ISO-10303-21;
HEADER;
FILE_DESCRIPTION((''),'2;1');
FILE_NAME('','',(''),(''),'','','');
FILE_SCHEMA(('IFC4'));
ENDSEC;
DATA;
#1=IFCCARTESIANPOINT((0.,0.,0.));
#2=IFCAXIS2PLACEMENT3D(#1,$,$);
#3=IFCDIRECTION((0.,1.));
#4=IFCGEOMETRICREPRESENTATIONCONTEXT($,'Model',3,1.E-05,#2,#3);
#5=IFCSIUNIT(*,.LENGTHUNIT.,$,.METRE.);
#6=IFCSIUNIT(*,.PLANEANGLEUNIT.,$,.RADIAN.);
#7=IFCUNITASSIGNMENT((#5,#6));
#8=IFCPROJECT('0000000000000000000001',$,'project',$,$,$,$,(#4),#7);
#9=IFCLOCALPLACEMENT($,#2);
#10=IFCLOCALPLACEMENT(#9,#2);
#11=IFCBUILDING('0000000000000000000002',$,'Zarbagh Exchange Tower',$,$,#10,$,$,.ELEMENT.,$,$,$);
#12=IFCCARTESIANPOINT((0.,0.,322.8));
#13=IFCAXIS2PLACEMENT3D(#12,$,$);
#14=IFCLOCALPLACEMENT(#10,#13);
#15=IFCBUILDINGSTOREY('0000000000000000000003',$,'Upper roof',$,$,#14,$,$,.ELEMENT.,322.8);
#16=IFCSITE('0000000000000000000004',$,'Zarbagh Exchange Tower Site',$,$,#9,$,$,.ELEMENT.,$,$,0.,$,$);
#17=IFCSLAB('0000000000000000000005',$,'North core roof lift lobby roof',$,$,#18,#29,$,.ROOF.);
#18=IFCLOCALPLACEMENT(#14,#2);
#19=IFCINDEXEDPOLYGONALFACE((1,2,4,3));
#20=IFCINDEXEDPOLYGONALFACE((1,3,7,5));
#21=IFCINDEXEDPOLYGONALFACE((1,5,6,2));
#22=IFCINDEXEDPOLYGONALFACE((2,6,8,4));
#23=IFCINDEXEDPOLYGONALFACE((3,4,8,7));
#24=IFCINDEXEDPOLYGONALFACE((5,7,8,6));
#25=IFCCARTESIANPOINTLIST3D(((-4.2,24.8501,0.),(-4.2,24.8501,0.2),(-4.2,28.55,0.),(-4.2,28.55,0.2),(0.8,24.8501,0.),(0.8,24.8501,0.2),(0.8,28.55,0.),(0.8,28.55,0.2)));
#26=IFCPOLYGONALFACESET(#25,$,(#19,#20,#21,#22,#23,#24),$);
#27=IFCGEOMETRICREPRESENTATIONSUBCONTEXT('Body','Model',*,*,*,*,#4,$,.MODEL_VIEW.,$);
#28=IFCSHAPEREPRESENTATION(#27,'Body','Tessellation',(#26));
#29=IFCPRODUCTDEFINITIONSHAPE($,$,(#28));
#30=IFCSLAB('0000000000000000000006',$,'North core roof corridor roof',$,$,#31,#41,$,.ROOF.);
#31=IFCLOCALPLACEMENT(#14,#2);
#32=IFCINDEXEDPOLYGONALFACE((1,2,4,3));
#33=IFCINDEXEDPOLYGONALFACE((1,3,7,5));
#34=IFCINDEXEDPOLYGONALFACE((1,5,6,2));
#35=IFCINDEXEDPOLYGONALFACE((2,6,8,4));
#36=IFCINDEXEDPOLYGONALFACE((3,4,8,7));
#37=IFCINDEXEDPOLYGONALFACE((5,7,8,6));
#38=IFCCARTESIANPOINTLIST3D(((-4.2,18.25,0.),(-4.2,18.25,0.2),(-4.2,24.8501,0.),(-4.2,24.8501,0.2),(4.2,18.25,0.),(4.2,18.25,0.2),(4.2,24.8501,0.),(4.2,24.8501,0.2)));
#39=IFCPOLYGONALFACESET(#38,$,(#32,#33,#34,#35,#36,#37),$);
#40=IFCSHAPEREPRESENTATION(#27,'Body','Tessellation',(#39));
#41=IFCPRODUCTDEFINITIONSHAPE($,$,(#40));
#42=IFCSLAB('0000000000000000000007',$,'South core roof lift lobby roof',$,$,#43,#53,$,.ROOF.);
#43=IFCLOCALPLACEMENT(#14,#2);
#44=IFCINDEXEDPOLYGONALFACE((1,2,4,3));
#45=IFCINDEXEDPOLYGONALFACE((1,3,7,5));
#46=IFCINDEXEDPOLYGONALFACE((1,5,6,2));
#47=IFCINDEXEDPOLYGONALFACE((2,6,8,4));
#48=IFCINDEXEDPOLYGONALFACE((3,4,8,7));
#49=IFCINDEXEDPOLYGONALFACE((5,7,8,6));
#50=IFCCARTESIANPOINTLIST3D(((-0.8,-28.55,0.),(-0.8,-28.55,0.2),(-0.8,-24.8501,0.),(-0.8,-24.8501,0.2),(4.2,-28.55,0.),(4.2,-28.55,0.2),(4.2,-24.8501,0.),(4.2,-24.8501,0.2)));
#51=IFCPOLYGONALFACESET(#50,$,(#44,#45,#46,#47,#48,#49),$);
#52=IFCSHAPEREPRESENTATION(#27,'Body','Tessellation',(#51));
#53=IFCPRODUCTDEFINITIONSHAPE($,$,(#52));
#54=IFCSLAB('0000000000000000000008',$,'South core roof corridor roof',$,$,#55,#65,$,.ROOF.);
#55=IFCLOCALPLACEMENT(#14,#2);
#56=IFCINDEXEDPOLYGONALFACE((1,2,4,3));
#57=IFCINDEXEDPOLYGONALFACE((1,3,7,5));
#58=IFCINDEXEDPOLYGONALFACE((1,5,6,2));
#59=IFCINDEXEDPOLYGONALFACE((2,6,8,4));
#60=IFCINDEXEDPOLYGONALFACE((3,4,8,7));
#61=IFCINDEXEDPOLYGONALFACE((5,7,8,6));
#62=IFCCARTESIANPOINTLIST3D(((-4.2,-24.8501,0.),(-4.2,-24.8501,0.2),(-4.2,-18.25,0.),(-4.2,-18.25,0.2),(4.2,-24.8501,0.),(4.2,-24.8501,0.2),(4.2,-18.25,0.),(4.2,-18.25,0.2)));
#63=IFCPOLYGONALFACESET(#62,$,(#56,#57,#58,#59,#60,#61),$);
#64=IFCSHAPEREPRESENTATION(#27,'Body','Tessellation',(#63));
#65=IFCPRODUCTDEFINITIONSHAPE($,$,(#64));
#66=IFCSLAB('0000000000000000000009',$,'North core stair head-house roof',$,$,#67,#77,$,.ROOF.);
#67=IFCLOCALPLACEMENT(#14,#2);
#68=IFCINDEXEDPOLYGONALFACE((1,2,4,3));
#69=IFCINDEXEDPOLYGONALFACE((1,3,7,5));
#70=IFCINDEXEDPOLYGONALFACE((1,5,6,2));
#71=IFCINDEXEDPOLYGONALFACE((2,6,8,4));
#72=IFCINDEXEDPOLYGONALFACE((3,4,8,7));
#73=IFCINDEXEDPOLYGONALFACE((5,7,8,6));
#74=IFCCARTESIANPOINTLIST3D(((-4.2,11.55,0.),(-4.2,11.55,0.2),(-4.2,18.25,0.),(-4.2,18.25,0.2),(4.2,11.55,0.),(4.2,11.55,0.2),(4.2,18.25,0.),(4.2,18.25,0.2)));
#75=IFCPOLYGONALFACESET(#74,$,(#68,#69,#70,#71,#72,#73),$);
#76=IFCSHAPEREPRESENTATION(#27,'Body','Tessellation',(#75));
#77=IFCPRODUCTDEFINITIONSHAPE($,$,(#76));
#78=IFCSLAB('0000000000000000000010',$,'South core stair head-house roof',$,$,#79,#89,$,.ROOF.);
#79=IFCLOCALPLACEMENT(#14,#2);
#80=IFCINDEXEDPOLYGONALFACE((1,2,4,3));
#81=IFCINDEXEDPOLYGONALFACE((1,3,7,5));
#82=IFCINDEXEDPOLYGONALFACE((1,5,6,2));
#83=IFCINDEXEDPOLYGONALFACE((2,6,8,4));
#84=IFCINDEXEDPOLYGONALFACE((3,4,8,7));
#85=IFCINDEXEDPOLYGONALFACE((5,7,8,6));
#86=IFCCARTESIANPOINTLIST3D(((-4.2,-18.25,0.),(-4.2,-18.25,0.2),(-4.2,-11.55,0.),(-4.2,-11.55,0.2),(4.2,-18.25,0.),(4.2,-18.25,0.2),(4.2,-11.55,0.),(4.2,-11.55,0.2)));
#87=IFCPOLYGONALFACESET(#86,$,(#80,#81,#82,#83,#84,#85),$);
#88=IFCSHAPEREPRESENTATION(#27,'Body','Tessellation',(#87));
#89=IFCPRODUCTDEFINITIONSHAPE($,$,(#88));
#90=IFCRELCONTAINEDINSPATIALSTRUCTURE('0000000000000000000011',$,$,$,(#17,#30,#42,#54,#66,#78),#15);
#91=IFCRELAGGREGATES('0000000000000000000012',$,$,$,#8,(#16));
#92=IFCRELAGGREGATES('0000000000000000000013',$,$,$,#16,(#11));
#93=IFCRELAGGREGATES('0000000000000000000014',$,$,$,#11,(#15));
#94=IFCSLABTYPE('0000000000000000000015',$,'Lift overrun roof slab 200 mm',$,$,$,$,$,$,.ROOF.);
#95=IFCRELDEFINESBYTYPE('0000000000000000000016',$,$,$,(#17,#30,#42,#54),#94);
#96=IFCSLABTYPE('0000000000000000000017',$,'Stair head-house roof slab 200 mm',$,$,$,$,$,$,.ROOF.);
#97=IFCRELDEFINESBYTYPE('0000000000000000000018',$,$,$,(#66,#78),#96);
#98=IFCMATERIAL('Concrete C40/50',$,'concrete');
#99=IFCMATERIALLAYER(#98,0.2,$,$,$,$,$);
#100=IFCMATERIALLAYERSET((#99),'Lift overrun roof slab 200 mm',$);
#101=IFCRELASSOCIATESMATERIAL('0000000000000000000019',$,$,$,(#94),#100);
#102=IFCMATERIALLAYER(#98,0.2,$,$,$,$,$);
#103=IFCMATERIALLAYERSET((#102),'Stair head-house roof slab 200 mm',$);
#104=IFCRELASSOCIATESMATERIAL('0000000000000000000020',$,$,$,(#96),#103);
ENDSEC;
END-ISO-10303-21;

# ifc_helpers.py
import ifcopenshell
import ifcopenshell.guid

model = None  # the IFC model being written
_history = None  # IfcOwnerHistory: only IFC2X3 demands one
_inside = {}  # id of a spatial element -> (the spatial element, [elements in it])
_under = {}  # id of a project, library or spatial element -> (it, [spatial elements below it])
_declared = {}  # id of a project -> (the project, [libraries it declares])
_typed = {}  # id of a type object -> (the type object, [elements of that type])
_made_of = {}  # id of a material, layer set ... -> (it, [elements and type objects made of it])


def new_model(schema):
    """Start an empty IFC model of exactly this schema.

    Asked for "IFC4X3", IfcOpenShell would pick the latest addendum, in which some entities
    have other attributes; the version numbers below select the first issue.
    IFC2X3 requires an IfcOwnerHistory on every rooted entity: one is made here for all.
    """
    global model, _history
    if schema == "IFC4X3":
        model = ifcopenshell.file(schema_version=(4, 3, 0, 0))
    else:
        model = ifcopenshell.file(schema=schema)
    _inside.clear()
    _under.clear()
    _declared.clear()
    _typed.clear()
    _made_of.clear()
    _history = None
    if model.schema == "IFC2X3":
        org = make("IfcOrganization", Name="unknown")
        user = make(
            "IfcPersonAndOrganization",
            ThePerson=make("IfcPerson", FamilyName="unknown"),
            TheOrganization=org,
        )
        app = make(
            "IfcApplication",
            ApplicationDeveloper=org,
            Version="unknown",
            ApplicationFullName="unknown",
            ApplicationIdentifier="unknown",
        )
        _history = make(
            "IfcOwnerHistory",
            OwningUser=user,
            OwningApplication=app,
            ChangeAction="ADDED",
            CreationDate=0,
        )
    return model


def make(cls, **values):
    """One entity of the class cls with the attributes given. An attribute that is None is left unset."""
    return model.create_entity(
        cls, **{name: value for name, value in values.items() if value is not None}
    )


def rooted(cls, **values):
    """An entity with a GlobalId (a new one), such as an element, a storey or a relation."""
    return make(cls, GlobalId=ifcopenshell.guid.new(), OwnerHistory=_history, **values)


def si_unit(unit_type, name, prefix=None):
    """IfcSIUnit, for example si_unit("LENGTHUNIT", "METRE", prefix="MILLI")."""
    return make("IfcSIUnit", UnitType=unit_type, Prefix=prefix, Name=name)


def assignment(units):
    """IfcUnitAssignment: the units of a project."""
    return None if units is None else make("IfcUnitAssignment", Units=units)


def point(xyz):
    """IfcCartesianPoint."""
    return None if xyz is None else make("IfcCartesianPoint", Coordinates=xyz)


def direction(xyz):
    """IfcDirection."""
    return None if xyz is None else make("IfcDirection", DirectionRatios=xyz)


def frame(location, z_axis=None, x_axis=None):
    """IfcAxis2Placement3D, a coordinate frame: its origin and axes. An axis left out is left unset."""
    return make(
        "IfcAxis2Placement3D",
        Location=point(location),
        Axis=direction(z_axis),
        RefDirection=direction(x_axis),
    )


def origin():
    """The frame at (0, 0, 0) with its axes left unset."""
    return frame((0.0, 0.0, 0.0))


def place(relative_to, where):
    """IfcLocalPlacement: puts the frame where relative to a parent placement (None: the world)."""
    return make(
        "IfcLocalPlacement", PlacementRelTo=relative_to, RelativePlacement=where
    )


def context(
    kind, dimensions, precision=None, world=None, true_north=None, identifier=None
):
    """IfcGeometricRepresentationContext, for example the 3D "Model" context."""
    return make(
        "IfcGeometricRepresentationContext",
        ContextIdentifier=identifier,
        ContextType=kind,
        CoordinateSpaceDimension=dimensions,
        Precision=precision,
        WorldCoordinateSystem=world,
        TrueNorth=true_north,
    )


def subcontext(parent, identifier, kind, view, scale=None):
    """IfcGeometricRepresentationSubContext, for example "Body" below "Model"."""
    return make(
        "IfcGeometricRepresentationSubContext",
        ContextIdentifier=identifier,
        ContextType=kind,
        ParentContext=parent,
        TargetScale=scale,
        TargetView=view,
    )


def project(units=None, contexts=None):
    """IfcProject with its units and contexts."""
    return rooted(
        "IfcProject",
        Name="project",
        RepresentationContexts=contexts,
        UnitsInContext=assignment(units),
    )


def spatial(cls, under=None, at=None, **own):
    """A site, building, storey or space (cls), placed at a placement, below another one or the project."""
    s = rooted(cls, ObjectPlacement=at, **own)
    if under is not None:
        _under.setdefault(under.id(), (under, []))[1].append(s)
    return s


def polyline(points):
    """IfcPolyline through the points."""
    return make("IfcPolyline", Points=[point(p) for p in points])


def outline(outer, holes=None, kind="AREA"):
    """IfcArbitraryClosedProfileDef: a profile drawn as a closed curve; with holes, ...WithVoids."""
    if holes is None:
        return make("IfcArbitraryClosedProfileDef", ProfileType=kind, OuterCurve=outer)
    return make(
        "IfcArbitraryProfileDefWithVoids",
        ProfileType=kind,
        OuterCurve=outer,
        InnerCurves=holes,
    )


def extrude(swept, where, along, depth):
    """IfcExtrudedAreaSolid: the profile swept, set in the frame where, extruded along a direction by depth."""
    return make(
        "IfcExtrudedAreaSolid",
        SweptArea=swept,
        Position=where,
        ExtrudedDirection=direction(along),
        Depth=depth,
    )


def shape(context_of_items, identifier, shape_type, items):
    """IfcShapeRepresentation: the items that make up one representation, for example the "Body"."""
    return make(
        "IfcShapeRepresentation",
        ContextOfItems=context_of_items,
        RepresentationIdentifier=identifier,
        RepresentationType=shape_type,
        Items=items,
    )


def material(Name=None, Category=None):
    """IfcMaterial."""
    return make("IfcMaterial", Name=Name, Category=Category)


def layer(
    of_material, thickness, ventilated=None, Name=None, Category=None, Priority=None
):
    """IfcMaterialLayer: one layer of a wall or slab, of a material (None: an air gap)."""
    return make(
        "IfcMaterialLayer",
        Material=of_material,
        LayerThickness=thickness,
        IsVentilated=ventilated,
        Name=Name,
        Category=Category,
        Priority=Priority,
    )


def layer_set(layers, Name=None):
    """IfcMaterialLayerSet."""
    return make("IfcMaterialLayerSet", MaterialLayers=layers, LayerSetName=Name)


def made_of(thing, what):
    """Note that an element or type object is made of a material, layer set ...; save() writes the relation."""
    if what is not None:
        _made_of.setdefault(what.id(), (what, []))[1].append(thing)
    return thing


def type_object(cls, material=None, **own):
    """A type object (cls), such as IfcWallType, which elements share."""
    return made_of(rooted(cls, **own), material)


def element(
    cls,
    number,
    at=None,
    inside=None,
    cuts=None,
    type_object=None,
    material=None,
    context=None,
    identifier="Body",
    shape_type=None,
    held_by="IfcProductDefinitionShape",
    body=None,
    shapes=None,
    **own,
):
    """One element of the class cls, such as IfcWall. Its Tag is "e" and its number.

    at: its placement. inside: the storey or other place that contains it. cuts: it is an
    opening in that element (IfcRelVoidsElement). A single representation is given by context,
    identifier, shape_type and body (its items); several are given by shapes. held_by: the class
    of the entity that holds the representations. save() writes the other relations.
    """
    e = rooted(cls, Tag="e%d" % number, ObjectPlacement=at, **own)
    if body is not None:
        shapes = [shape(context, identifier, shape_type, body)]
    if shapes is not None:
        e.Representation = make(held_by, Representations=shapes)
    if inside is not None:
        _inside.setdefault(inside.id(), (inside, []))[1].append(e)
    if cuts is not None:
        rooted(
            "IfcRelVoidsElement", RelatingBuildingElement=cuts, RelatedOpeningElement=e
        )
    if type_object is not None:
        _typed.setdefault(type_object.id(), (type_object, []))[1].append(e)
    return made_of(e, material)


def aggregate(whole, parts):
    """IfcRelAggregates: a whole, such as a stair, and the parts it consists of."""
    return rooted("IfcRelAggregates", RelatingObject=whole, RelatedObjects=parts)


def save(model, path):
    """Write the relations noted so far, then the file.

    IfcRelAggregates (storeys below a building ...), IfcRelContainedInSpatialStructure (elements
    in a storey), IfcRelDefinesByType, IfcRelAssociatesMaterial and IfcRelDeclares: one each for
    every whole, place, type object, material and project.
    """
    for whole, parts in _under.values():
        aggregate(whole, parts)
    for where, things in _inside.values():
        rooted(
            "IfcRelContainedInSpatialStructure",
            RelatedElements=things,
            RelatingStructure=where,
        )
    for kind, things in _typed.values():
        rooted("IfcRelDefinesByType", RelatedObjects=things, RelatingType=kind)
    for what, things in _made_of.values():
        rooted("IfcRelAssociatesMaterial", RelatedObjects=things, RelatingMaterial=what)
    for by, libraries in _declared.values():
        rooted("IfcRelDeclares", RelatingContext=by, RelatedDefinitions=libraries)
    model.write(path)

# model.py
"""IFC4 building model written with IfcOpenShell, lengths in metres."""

from ifc_helpers import new_model, si_unit, direction, frame, origin, place, context, subcontext, project, spatial, polyline, outline, extrude, material, layer, layer_set, type_object, element, save


model = new_model("IFC4")

# Units and contexts
model_context = context("Model", 3, precision=1e-05, world=origin(), true_north=direction((0.0, 1.0)))
body_context = subcontext(model_context, "Body", "Model", "MODEL_VIEW")
ifc_project = project(units=[si_unit("LENGTHUNIT", "METRE"), si_unit("PLANEANGLEUNIT", "RADIAN")], contexts=[model_context])

# Site, building, storey
site_placement = place(None, origin())
site = spatial("IfcSite", under=ifc_project, at=site_placement, Name="Zarbagh Exchange Tower Site", CompositionType="ELEMENT", RefElevation=0.0)
building_placement = place(site_placement, origin())
building = spatial("IfcBuilding", under=site, at=building_placement, Name="Zarbagh Exchange Tower", CompositionType="ELEMENT")
storey_placement = place(building_placement, frame((0.0, 0.0, 322.8)))
storey = spatial("IfcBuildingStorey", under=building, at=storey_placement, Name="Upper roof", CompositionType="ELEMENT", Elevation=322.8)

# Slabs
ifc_material = material(Name="Concrete C40/50", Category="concrete")
ifc_layer_1 = layer(ifc_material, 0.2)
ifc_layer_set_1 = layer_set([ifc_layer_1], Name="Lift overrun roof slab 200 mm")
slab_type_1 = type_object("IfcSlabType", Name="Lift overrun roof slab 200 mm", PredefinedType="ROOF", material=ifc_layer_set_1)
slab_1_placement = place(storey_placement, origin())
element("IfcSlab", 1, at=slab_1_placement, inside=storey, type_object=slab_type_1, Name="North core roof lift lobby roof", PredefinedType="ROOF", context=body_context, shape_type="SweptSolid", body=[
    extrude(outline(polyline([(-4.2, 24.8501), (0.8, 24.8501), (0.8, 28.55), (-4.2, 28.55), (-4.2, 24.8501)])), origin(), (0.0, 0.0, 1.0), 0.2),
])
slab_2_placement = place(storey_placement, origin())
element("IfcSlab", 2, at=slab_2_placement, inside=storey, type_object=slab_type_1, Name="North core roof corridor roof", PredefinedType="ROOF", context=body_context, shape_type="SweptSolid", body=[
    extrude(outline(polyline([(-4.2, 18.25), (4.2, 18.25), (4.2, 24.8501), (-4.2, 24.8501), (-4.2, 18.25)])), origin(), (0.0, 0.0, 1.0), 0.2),
])
slab_3_placement = place(storey_placement, origin())
element("IfcSlab", 3, at=slab_3_placement, inside=storey, type_object=slab_type_1, Name="South core roof lift lobby roof", PredefinedType="ROOF", context=body_context, shape_type="SweptSolid", body=[
    extrude(outline(polyline([(-0.8, -28.55), (4.2, -28.55), (4.2, -24.8501), (-0.8, -24.8501), (-0.8, -28.55)])), origin(), (0.0, 0.0, 1.0), 0.2),
])
slab_4_placement = place(storey_placement, origin())
element("IfcSlab", 4, at=slab_4_placement, inside=storey, type_object=slab_type_1, Name="South core roof corridor roof", PredefinedType="ROOF", context=body_context, shape_type="SweptSolid", body=[
    extrude(outline(polyline([(-4.2, -24.8501), (4.2, -24.8501), (4.2, -18.25), (-4.2, -18.25), (-4.2, -24.8501)])), origin(), (0.0, 0.0, 1.0), 0.2),
])
ifc_layer_2 = layer(ifc_material, 0.2)
ifc_layer_set_2 = layer_set([ifc_layer_2], Name="Stair head-house roof slab 200 mm")
slab_type_2 = type_object("IfcSlabType", Name="Stair head-house roof slab 200 mm", PredefinedType="ROOF", material=ifc_layer_set_2)
slab_5_placement = place(storey_placement, origin())
element("IfcSlab", 5, at=slab_5_placement, inside=storey, type_object=slab_type_2, Name="North core stair head-house roof", PredefinedType="ROOF", context=body_context, shape_type="SweptSolid", body=[
    extrude(outline(polyline([(-4.2, 11.55), (4.2, 11.55), (4.2, 18.25), (-4.2, 18.25), (-4.2, 11.55)])), origin(), (0.0, 0.0, 1.0), 0.2),
])
slab_6_placement = place(storey_placement, origin())
element("IfcSlab", 6, at=slab_6_placement, inside=storey, type_object=slab_type_2, Name="South core stair head-house roof", PredefinedType="ROOF", context=body_context, shape_type="SweptSolid", body=[
    extrude(outline(polyline([(-4.2, -18.25), (4.2, -18.25), (4.2, -11.55), (-4.2, -11.55), (-4.2, -18.25)])), origin(), (0.0, 0.0, 1.0), 0.2),
])

save(model, "model.ifc")
